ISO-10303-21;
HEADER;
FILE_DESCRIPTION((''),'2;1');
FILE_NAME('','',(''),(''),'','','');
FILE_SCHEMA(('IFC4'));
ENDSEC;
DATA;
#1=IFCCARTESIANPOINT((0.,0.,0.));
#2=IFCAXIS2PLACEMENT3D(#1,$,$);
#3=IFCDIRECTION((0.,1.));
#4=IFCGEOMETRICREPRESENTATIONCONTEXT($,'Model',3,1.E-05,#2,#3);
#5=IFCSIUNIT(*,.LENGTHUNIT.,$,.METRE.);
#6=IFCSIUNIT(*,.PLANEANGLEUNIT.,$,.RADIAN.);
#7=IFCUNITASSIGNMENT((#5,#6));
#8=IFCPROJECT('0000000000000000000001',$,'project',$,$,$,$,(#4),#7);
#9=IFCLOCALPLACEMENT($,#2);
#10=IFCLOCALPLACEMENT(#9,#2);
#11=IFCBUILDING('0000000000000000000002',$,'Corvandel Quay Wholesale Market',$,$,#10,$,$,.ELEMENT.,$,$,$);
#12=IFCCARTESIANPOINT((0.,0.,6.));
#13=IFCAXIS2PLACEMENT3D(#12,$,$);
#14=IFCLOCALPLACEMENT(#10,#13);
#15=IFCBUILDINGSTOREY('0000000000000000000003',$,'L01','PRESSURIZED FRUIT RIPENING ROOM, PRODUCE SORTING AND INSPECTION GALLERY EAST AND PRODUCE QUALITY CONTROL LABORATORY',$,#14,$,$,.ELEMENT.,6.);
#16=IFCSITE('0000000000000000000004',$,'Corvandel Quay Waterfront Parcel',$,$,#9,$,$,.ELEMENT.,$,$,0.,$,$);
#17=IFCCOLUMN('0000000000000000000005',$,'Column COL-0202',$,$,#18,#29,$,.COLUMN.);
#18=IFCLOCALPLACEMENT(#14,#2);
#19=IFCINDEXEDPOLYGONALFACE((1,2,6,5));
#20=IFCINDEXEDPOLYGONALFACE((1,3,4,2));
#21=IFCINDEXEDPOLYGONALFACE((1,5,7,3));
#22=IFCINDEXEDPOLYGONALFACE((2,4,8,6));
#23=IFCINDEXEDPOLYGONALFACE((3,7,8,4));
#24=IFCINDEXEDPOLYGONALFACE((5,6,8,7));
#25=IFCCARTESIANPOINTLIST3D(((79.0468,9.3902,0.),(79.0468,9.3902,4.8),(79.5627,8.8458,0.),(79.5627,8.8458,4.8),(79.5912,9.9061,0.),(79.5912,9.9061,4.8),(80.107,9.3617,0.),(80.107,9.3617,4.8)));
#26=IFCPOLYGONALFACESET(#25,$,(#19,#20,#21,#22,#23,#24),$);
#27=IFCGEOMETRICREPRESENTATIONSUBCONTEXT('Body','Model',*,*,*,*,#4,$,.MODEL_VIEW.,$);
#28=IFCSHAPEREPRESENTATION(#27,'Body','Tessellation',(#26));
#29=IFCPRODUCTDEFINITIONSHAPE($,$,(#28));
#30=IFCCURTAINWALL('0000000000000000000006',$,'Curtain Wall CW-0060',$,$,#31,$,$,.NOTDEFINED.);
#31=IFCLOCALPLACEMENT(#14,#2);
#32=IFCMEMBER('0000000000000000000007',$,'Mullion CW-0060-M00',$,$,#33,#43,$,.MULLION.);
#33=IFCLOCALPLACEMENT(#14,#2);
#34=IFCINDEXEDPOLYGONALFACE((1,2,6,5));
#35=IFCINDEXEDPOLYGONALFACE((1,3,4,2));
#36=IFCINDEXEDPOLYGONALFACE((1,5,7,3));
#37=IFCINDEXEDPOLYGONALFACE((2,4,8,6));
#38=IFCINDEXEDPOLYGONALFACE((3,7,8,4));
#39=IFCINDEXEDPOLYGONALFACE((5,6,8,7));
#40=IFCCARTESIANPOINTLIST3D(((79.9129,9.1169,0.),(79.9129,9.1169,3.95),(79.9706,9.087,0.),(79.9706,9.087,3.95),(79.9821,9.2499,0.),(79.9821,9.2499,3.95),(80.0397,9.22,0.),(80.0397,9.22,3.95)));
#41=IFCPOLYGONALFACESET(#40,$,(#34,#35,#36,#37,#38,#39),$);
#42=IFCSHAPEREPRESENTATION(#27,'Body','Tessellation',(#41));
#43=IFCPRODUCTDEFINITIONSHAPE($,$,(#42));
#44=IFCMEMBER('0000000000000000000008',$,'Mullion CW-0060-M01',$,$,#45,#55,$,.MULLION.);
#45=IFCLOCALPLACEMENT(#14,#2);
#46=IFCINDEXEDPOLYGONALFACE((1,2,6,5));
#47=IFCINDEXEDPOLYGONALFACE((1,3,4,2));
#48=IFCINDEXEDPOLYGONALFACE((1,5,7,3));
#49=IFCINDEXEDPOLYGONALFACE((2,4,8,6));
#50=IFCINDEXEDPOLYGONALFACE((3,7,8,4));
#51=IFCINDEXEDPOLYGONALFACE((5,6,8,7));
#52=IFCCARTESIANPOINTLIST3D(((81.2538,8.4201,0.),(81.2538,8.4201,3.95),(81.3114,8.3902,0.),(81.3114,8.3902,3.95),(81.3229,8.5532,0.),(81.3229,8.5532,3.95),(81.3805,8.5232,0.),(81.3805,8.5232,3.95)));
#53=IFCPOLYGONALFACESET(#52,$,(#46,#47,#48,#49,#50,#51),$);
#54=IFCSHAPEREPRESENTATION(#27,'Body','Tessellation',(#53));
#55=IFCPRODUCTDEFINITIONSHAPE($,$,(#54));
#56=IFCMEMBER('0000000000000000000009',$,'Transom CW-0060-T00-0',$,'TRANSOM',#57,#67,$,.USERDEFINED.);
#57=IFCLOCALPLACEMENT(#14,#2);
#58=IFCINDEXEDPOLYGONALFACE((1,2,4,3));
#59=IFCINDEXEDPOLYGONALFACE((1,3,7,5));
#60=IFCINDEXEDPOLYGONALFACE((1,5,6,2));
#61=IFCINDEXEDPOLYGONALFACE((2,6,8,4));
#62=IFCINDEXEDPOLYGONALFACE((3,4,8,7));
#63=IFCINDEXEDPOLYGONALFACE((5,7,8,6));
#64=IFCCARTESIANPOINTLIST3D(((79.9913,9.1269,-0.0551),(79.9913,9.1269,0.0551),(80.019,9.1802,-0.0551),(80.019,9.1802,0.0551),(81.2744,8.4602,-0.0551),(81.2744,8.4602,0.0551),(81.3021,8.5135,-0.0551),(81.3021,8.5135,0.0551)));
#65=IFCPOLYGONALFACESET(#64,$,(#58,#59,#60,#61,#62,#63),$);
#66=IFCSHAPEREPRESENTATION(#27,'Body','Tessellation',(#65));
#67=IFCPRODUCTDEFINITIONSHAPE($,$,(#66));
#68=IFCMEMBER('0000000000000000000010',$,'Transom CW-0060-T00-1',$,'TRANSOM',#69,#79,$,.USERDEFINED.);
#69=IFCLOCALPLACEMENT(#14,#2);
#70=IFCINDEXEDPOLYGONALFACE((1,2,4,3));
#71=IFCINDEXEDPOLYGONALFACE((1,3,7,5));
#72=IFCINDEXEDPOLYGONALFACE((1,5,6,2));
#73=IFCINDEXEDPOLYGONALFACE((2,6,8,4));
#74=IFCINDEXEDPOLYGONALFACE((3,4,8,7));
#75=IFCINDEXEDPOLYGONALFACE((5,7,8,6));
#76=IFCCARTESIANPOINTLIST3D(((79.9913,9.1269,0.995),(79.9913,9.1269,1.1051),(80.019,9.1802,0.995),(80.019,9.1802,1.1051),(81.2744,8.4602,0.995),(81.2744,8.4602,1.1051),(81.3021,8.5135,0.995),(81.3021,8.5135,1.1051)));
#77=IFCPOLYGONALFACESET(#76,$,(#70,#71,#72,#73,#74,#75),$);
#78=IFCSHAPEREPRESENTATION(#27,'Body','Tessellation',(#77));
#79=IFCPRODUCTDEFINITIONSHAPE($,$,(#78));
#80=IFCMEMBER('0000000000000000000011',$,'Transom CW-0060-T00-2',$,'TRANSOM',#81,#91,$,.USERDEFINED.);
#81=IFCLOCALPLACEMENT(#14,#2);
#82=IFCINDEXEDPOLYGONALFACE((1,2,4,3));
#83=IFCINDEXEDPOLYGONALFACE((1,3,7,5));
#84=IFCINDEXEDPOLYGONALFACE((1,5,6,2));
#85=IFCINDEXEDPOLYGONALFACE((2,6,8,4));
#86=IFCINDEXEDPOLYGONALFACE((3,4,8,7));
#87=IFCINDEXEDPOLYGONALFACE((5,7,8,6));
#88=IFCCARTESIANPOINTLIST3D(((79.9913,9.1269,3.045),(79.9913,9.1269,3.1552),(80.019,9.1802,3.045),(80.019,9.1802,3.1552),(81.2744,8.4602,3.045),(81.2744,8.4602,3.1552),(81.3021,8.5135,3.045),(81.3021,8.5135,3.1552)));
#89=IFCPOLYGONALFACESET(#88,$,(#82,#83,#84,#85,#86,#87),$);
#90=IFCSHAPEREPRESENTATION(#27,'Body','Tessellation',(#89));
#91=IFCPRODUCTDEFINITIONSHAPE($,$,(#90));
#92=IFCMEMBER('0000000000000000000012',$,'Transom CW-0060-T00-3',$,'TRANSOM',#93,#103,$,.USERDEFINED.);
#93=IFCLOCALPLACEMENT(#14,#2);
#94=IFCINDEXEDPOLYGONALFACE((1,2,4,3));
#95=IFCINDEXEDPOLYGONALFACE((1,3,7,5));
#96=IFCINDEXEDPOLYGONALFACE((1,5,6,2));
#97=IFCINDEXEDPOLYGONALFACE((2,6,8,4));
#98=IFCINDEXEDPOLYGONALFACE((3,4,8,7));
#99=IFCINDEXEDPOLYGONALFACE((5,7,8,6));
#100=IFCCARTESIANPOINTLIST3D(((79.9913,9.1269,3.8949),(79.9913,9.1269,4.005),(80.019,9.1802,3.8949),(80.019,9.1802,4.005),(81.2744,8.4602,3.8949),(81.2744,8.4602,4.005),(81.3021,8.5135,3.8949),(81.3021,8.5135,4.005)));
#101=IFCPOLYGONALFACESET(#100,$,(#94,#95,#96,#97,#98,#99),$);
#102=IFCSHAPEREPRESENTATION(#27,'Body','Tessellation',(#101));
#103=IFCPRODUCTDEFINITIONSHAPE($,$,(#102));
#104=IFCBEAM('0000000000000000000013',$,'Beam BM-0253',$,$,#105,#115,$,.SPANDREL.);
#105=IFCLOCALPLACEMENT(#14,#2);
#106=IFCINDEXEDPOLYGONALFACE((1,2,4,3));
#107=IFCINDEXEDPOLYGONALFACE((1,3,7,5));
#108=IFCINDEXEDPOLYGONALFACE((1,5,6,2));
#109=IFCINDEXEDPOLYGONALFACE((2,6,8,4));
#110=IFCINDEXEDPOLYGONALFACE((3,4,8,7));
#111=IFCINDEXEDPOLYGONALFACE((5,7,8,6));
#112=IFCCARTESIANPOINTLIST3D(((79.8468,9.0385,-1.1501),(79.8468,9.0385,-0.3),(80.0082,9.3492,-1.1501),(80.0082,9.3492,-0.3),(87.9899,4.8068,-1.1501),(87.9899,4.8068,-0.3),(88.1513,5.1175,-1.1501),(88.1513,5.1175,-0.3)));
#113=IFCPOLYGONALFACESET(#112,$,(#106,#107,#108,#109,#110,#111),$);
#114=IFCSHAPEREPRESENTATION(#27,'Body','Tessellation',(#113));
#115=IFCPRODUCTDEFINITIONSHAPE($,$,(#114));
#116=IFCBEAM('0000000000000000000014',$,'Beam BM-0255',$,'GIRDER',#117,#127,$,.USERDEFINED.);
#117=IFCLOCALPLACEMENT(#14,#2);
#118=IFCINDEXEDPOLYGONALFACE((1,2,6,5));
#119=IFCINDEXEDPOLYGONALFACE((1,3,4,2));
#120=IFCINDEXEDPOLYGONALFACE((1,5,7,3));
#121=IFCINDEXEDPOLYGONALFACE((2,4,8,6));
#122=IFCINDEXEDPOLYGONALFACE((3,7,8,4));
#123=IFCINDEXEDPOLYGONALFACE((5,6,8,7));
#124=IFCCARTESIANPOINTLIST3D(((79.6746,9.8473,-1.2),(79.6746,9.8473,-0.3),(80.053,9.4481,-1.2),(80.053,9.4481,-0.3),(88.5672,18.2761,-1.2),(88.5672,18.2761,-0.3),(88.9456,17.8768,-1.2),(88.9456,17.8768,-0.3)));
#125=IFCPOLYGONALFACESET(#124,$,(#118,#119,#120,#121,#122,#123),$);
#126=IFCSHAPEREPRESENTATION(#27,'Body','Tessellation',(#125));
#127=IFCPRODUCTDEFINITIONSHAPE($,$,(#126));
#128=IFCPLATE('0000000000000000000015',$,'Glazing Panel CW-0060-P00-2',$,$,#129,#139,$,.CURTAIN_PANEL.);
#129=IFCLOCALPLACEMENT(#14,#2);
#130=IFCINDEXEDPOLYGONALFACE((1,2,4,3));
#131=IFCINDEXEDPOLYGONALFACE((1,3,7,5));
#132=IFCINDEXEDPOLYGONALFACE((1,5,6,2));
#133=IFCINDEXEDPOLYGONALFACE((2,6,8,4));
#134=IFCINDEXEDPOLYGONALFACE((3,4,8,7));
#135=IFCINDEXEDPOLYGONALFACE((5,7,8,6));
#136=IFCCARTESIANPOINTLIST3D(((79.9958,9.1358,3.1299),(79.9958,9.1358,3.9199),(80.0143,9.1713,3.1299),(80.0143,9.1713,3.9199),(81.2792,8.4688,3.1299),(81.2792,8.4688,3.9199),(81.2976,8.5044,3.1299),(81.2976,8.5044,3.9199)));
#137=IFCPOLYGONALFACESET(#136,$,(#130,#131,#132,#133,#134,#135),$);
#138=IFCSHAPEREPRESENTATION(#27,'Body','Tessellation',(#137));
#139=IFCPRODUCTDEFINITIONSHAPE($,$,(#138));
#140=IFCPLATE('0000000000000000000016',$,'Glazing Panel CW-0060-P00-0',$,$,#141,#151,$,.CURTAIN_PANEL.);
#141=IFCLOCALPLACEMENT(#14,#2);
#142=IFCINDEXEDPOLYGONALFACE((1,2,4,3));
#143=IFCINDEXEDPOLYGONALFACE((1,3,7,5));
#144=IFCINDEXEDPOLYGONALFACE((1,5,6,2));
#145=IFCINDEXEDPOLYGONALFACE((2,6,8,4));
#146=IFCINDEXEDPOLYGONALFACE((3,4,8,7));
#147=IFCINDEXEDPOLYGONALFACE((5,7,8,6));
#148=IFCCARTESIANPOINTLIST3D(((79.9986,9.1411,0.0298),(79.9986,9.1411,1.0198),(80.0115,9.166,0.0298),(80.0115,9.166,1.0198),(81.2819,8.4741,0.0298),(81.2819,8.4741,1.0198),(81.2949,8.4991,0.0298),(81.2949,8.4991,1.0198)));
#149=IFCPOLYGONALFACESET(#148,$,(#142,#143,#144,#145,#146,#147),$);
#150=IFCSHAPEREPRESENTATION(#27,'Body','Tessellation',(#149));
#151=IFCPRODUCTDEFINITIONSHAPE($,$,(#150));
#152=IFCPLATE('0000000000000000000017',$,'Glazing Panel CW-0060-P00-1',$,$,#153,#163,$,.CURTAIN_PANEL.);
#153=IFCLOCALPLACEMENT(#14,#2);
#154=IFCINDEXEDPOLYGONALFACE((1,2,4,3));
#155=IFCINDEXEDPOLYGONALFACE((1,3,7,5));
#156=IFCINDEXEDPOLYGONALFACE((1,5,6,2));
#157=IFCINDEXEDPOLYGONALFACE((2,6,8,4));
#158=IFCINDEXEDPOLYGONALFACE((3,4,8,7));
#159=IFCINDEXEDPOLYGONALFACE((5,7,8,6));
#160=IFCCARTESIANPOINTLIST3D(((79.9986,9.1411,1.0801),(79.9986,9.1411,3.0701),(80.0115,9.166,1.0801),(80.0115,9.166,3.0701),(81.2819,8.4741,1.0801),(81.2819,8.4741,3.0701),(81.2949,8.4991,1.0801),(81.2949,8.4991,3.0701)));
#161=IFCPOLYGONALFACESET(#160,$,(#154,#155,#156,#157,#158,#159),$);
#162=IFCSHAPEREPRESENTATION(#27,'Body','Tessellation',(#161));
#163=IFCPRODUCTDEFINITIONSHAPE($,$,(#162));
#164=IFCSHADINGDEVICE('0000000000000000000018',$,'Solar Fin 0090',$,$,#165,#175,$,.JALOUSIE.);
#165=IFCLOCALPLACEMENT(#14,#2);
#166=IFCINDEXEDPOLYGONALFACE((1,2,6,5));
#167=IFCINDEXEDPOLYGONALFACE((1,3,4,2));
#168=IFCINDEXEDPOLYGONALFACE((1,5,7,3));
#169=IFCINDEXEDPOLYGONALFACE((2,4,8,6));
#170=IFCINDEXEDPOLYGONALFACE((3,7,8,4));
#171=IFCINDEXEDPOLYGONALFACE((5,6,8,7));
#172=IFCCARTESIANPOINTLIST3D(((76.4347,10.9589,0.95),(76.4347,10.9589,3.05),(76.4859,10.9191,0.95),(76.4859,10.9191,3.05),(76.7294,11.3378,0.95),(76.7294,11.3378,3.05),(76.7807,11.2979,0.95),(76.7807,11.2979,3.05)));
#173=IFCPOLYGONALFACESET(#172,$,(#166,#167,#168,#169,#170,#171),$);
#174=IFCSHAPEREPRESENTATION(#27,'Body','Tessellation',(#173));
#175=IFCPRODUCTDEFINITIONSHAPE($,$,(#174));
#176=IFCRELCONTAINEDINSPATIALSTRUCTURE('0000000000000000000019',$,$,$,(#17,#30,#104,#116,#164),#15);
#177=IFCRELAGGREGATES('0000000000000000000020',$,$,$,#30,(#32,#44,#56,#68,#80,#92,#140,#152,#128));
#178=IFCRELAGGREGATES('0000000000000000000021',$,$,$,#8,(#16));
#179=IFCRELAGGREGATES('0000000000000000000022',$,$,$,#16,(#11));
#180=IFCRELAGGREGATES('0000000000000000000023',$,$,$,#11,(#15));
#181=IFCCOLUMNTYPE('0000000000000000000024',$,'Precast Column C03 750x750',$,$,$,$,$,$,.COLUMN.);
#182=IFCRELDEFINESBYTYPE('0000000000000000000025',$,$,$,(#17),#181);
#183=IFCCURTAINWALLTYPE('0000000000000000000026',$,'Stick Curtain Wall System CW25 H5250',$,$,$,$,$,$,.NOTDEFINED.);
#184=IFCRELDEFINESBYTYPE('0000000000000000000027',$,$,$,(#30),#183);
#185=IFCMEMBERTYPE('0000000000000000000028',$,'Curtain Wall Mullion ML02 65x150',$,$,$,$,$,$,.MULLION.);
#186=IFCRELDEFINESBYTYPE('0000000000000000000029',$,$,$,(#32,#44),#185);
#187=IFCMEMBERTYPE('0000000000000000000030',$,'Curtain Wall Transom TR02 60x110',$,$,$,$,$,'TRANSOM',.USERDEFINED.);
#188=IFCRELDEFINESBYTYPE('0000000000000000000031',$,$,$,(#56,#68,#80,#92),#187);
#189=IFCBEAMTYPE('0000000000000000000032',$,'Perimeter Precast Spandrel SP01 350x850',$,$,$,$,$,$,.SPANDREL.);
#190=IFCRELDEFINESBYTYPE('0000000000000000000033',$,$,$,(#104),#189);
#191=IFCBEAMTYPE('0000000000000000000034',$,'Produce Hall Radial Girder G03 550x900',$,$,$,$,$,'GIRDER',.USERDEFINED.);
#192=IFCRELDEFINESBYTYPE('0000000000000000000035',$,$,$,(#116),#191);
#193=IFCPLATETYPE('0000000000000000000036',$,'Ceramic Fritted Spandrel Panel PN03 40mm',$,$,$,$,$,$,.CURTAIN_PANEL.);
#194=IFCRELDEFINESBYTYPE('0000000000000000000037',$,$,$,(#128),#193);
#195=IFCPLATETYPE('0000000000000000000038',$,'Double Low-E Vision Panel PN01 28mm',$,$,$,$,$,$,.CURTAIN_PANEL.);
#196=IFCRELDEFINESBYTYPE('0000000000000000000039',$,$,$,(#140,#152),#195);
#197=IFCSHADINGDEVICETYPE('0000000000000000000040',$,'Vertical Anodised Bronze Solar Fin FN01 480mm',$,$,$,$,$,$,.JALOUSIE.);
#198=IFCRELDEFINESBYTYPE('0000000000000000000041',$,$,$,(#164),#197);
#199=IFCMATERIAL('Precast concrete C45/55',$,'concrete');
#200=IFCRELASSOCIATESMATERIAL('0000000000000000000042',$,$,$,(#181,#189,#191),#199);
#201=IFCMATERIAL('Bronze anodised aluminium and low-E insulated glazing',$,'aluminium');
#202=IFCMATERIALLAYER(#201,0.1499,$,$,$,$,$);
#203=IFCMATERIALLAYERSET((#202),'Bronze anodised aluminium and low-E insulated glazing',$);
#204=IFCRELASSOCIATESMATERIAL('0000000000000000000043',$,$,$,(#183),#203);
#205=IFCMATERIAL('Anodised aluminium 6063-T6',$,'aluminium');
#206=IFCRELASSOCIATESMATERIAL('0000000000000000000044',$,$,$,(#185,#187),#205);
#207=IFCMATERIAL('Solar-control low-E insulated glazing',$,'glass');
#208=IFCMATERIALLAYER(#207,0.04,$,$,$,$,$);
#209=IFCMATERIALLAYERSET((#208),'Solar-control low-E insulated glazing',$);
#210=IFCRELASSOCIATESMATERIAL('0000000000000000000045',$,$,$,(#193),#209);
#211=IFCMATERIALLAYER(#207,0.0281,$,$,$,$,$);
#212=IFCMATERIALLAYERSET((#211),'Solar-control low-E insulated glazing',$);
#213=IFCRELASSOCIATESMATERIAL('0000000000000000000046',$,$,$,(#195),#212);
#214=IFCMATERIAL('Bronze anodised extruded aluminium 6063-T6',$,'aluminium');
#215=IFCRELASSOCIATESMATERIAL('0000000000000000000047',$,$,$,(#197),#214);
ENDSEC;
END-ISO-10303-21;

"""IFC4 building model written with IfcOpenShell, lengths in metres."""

from ifc_helpers import new_model, si_unit, direction, frame, origin, origin_2d, place, context, subcontext, project, spatial, rectangle, extrude, material, layer, layer_set, material_profile, profile_set, type_object, element, aggregate, save


model = new_model("IFC4")

# Units and contexts
model_context = context("Model", 3, precision=1e-05, world=origin(), true_north=direction((0.0, 1.0)))
body_context = subcontext(model_context, "Body", "Model", "MODEL_VIEW")
ifc_project = project(units=[si_unit("LENGTHUNIT", "METRE"), si_unit("PLANEANGLEUNIT", "RADIAN")], contexts=[model_context])

# Site, building, storey
site_placement = place(None, origin())
site = spatial("IfcSite", under=ifc_project, at=site_placement, Name="Corvandel Quay Waterfront Parcel", CompositionType="ELEMENT", RefElevation=0.0)
building_placement = place(site_placement, origin())
building = spatial("IfcBuilding", under=site, at=building_placement, Name="Corvandel Quay Wholesale Market", CompositionType="ELEMENT")
storey_placement = place(building_placement, frame((0.0, 0.0, 6.0)))
storey = spatial("IfcBuildingStorey", under=building, at=storey_placement, Name="L01", Description="PRESSURIZED FRUIT RIPENING ROOM, PRODUCE SORTING AND INSPECTION GALLERY EAST AND PRODUCE QUALITY CONTROL LABORATORY", CompositionType="ELEMENT", Elevation=6.0)

# Column
ifc_material_1 = material(Name="Precast concrete C45/55", Category="concrete")
ifc_material_profile_1 = material_profile(ifc_material_1, rectangle(XDim=0.75, YDim=0.75, at=origin_2d()), Name="PC-COL-750x750")
ifc_profile_set_1 = profile_set([ifc_material_profile_1], Name="Precast concrete C45/55")
column_type = type_object("IfcColumnType", Name="Precast Column C03 750x750", PredefinedType="COLUMN", material=ifc_profile_set_1)
column_placement = place(storey_placement, frame((79.5769, 9.376, 0.0), z_axis=(0.0, 0.0, 1.0), x_axis=(-0.687848, 0.725855, 0.0)))
element("IfcColumn", 1, at=column_placement, inside=storey, type_object=column_type, Name="Column COL-0202", PredefinedType="COLUMN", context=body_context, shape_type="SweptSolid", body=[
    extrude(rectangle(XDim=0.75, YDim=0.75, at=origin_2d()), origin(), (0.0, 0.0, 1.0), 4.8),
])

# Curtain wall, members
ifc_material_2 = material(Name="Bronze anodised aluminium and low-E insulated glazing", Category="aluminium")
ifc_layer_1 = layer(ifc_material_2, 0.1499)
ifc_layer_set_1 = layer_set([ifc_layer_1], Name="Bronze anodised aluminium and low-E insulated glazing")
curtain_wall_type = type_object("IfcCurtainWallType", Name="Stick Curtain Wall System CW25 H5250", PredefinedType="NOTDEFINED", material=ifc_layer_set_1)
curtain_wall_placement = place(storey_placement, origin())
curtain_wall = element("IfcCurtainWall", 2, at=curtain_wall_placement, inside=storey, type_object=curtain_wall_type, Name="Curtain Wall CW-0060", PredefinedType="NOTDEFINED")
ifc_material_3 = material(Name="Anodised aluminium 6063-T6", Category="aluminium")
ifc_material_profile_2 = material_profile(ifc_material_3, rectangle(XDim=0.0649, YDim=0.1499, at=origin_2d()), Name="ALU-MUL-65x150")
ifc_profile_set_2 = profile_set([ifc_material_profile_2], Name="Anodised aluminium 6063-T6")
member_type_1 = type_object("IfcMemberType", Name="Curtain Wall Mullion ML02 65x150", PredefinedType="MULLION", material=ifc_profile_set_2)
member_1_placement = place(storey_placement, frame((79.9763, 9.1685, 0.0), z_axis=(0.0, 0.0, 1.0), x_axis=(-0.887333, 0.461129, 0.0)))
member_1 = element("IfcMember", 3, at=member_1_placement, type_object=member_type_1, Name="Mullion CW-0060-M00", PredefinedType="MULLION", context=body_context, shape_type="SweptSolid", body=[
    extrude(rectangle(XDim=0.0649, YDim=0.1499, at=origin_2d()), origin(), (0.0, 0.0, 1.0), 3.95),
])
member_2_placement = place(storey_placement, frame((81.3171, 8.4717, 0.0), z_axis=(0.0, 0.0, 1.0), x_axis=(-0.887333, 0.461129, 0.0)))
member_2 = element("IfcMember", 4, at=member_2_placement, type_object=member_type_1, Name="Mullion CW-0060-M01", PredefinedType="MULLION", context=body_context, shape_type="SweptSolid", body=[
    extrude(rectangle(XDim=0.0649, YDim=0.1499, at=origin_2d()), origin(), (0.0, 0.0, 1.0), 3.95),
])
ifc_material_profile_3 = material_profile(ifc_material_3, rectangle(XDim=0.0601, YDim=0.1101, at=origin_2d()), Name="ALU-TRN-60x110")
ifc_profile_set_3 = profile_set([ifc_material_profile_3], Name="Anodised aluminium 6063-T6")
member_type_2 = type_object("IfcMemberType", Name="Curtain Wall Transom TR02 60x110", ElementType="TRANSOM", PredefinedType="USERDEFINED", material=ifc_profile_set_3)
member_3_placement = place(storey_placement, frame((80.0051, 9.1536, 0.0), z_axis=(0.887363, -0.461071, 0.0), x_axis=(0.461071, 0.887363, 0.0)))
member_3 = element("IfcMember", 5, at=member_3_placement, type_object=member_type_2, Name="Transom CW-0060-T00-0", ObjectType="TRANSOM", PredefinedType="USERDEFINED", context=body_context, shape_type="SweptSolid", body=[
    extrude(rectangle(XDim=0.0601, YDim=0.1101, at=origin_2d()), origin(), (0.0, 0.0, 1.0), 1.446),
])
member_4_placement = place(storey_placement, frame((80.0051, 9.1536, 1.05), z_axis=(0.887363, -0.461071, 0.0), x_axis=(0.461071, 0.887363, 0.0)))
member_4 = element("IfcMember", 6, at=member_4_placement, type_object=member_type_2, Name="Transom CW-0060-T00-1", ObjectType="TRANSOM", PredefinedType="USERDEFINED", context=body_context, shape_type="SweptSolid", body=[
    extrude(rectangle(XDim=0.0601, YDim=0.1101, at=origin_2d()), origin(), (0.0, 0.0, 1.0), 1.446),
])
member_5_placement = place(storey_placement, frame((80.0051, 9.1536, 3.1001), z_axis=(0.887363, -0.461071, 0.0), x_axis=(0.461071, 0.887363, 0.0)))
member_5 = element("IfcMember", 7, at=member_5_placement, type_object=member_type_2, Name="Transom CW-0060-T00-2", ObjectType="TRANSOM", PredefinedType="USERDEFINED", context=body_context, shape_type="SweptSolid", body=[
    extrude(rectangle(XDim=0.0601, YDim=0.1101, at=origin_2d()), origin(), (0.0, 0.0, 1.0), 1.446),
])
member_6_placement = place(storey_placement, frame((80.0051, 9.1536, 3.95), z_axis=(0.887363, -0.461071, 0.0), x_axis=(0.461071, 0.887363, 0.0)))
member_6 = element("IfcMember", 8, at=member_6_placement, type_object=member_type_2, Name="Transom CW-0060-T00-3", ObjectType="TRANSOM", PredefinedType="USERDEFINED", context=body_context, shape_type="SweptSolid", body=[
    extrude(rectangle(XDim=0.0601, YDim=0.1101, at=origin_2d()), origin(), (0.0, 0.0, 1.0), 1.446),
])

# Beams
ifc_material_profile_4 = material_profile(ifc_material_1, rectangle(XDim=0.3501, YDim=0.8501, at=origin_2d()), Name="PC-SPN-350x850")
ifc_profile_set_4 = profile_set([ifc_material_profile_4], Name="Precast concrete C45/55")
beam_type_1 = type_object("IfcBeamType", Name="Perimeter Precast Spandrel SP01 350x850", PredefinedType="SPANDREL", material=ifc_profile_set_4)
beam_1_placement = place(storey_placement, frame((79.9275, 9.1938, -0.7251), z_axis=(0.887337, -0.461121, 0.0), x_axis=(0.461121, 0.887337, 0.0)))
element("IfcBeam", 9, at=beam_1_placement, inside=storey, type_object=beam_type_1, Name="Beam BM-0253", PredefinedType="SPANDREL", context=body_context, shape_type="SweptSolid", body=[
    extrude(rectangle(XDim=0.3501, YDim=0.8501, at=origin_2d()), origin(), (0.0, 0.0, 1.0), 9.177),
])
ifc_material_profile_5 = material_profile(ifc_material_1, rectangle(XDim=0.55, YDim=0.8999, at=origin_2d()), Name="PC-GIR-550x900")
ifc_profile_set_5 = profile_set([ifc_material_profile_5], Name="Precast concrete C45/55")
beam_type_2 = type_object("IfcBeamType", Name="Produce Hall Radial Girder G03 550x900", ElementType="GIRDER", PredefinedType="USERDEFINED", material=ifc_profile_set_5)
beam_2_placement = place(storey_placement, frame((79.8638, 9.6477, -0.75), z_axis=(0.725783, 0.687924, 0.0), x_axis=(-0.687924, 0.725783, 0.0)))
element("IfcBeam", 10, at=beam_2_placement, inside=storey, type_object=beam_type_2, Name="Beam BM-0255", ObjectType="GIRDER", PredefinedType="USERDEFINED", context=body_context, shape_type="SweptSolid", body=[
    extrude(rectangle(XDim=0.55, YDim=0.8999, at=origin_2d()), origin(), (0.0, 0.0, 1.0), 12.2524),
])

# Plates
ifc_material_4 = material(Name="Solar-control low-E insulated glazing", Category="glass")
ifc_layer_2 = layer(ifc_material_4, 0.04)
ifc_layer_set_2 = layer_set([ifc_layer_2], Name="Solar-control low-E insulated glazing")
plate_type_1 = type_object("IfcPlateType", Name="Ceramic Fritted Spandrel Panel PN03 40mm", PredefinedType="CURTAIN_PANEL", material=ifc_layer_set_2)
plate_1_placement = place(storey_placement, frame((80.6467, 8.8201, 3.1299), z_axis=(0.0, 0.0, 1.0), x_axis=(-0.887333, 0.461129, 0.0)))
plate_1 = element("IfcPlate", 11, at=plate_1_placement, type_object=plate_type_1, Name="Glazing Panel CW-0060-P00-2", PredefinedType="CURTAIN_PANEL", context=body_context, shape_type="SweptSolid", body=[
    extrude(rectangle(XDim=1.4463, YDim=0.04, at=origin_2d()), origin(), (0.0, 0.0, 1.0), 0.79),
])
ifc_layer_3 = layer(ifc_material_4, 0.0281)
ifc_layer_set_3 = layer_set([ifc_layer_3], Name="Solar-control low-E insulated glazing")
plate_type_2 = type_object("IfcPlateType", Name="Double Low-E Vision Panel PN01 28mm", PredefinedType="CURTAIN_PANEL", material=ifc_layer_set_3)
plate_2_placement = place(storey_placement, frame((80.6467, 8.8201, 0.0298), z_axis=(0.0, 0.0, 1.0), x_axis=(-0.887333, 0.461129, 0.0)))
plate_2 = element("IfcPlate", 12, at=plate_2_placement, type_object=plate_type_2, Name="Glazing Panel CW-0060-P00-0", PredefinedType="CURTAIN_PANEL", context=body_context, shape_type="SweptSolid", body=[
    extrude(rectangle(XDim=1.4463, YDim=0.0281, at=origin_2d()), origin(), (0.0, 0.0, 1.0), 0.99),
])
plate_3_placement = place(storey_placement, frame((80.6467, 8.8201, 1.0801), z_axis=(0.0, 0.0, 1.0), x_axis=(-0.887333, 0.461129, 0.0)))
plate_3 = element("IfcPlate", 13, at=plate_3_placement, type_object=plate_type_2, Name="Glazing Panel CW-0060-P00-1", PredefinedType="CURTAIN_PANEL", context=body_context, shape_type="SweptSolid", body=[
    extrude(rectangle(XDim=1.4463, YDim=0.0281, at=origin_2d()), origin(), (0.0, 0.0, 1.0), 1.99),
])
aggregate(curtain_wall, [member_1, member_2, member_3, member_4, member_5, member_6, plate_2, plate_3, plate_1])

# Shading device
ifc_material_5 = material(Name="Bronze anodised extruded aluminium 6063-T6", Category="aluminium")
shading_device_type = type_object("IfcShadingDeviceType", Name="Vertical Anodised Bronze Solar Fin FN01 480mm", PredefinedType="JALOUSIE", material=ifc_material_5)
for number, where, z_axis, x_axis, name in (
    (14, (76.6077, 11.1284, 0.95), (0.0, 0.0, 1.0), (0.61401, 0.789298, 0.0), "Solar Fin 0090"),
):
    element("IfcShadingDevice", number, at=place(storey_placement, frame(where, z_axis=z_axis, x_axis=x_axis)), inside=storey, type_object=shading_device_type, Name=name, PredefinedType="JALOUSIE", context=body_context, shape_type="SweptSolid", body=[
        extrude(rectangle(XDim=0.48, YDim=0.0649, at=origin_2d()), origin(), (0.0, 0.0, 1.0), 2.1001),
    ])

save(model, "model.ifc")
